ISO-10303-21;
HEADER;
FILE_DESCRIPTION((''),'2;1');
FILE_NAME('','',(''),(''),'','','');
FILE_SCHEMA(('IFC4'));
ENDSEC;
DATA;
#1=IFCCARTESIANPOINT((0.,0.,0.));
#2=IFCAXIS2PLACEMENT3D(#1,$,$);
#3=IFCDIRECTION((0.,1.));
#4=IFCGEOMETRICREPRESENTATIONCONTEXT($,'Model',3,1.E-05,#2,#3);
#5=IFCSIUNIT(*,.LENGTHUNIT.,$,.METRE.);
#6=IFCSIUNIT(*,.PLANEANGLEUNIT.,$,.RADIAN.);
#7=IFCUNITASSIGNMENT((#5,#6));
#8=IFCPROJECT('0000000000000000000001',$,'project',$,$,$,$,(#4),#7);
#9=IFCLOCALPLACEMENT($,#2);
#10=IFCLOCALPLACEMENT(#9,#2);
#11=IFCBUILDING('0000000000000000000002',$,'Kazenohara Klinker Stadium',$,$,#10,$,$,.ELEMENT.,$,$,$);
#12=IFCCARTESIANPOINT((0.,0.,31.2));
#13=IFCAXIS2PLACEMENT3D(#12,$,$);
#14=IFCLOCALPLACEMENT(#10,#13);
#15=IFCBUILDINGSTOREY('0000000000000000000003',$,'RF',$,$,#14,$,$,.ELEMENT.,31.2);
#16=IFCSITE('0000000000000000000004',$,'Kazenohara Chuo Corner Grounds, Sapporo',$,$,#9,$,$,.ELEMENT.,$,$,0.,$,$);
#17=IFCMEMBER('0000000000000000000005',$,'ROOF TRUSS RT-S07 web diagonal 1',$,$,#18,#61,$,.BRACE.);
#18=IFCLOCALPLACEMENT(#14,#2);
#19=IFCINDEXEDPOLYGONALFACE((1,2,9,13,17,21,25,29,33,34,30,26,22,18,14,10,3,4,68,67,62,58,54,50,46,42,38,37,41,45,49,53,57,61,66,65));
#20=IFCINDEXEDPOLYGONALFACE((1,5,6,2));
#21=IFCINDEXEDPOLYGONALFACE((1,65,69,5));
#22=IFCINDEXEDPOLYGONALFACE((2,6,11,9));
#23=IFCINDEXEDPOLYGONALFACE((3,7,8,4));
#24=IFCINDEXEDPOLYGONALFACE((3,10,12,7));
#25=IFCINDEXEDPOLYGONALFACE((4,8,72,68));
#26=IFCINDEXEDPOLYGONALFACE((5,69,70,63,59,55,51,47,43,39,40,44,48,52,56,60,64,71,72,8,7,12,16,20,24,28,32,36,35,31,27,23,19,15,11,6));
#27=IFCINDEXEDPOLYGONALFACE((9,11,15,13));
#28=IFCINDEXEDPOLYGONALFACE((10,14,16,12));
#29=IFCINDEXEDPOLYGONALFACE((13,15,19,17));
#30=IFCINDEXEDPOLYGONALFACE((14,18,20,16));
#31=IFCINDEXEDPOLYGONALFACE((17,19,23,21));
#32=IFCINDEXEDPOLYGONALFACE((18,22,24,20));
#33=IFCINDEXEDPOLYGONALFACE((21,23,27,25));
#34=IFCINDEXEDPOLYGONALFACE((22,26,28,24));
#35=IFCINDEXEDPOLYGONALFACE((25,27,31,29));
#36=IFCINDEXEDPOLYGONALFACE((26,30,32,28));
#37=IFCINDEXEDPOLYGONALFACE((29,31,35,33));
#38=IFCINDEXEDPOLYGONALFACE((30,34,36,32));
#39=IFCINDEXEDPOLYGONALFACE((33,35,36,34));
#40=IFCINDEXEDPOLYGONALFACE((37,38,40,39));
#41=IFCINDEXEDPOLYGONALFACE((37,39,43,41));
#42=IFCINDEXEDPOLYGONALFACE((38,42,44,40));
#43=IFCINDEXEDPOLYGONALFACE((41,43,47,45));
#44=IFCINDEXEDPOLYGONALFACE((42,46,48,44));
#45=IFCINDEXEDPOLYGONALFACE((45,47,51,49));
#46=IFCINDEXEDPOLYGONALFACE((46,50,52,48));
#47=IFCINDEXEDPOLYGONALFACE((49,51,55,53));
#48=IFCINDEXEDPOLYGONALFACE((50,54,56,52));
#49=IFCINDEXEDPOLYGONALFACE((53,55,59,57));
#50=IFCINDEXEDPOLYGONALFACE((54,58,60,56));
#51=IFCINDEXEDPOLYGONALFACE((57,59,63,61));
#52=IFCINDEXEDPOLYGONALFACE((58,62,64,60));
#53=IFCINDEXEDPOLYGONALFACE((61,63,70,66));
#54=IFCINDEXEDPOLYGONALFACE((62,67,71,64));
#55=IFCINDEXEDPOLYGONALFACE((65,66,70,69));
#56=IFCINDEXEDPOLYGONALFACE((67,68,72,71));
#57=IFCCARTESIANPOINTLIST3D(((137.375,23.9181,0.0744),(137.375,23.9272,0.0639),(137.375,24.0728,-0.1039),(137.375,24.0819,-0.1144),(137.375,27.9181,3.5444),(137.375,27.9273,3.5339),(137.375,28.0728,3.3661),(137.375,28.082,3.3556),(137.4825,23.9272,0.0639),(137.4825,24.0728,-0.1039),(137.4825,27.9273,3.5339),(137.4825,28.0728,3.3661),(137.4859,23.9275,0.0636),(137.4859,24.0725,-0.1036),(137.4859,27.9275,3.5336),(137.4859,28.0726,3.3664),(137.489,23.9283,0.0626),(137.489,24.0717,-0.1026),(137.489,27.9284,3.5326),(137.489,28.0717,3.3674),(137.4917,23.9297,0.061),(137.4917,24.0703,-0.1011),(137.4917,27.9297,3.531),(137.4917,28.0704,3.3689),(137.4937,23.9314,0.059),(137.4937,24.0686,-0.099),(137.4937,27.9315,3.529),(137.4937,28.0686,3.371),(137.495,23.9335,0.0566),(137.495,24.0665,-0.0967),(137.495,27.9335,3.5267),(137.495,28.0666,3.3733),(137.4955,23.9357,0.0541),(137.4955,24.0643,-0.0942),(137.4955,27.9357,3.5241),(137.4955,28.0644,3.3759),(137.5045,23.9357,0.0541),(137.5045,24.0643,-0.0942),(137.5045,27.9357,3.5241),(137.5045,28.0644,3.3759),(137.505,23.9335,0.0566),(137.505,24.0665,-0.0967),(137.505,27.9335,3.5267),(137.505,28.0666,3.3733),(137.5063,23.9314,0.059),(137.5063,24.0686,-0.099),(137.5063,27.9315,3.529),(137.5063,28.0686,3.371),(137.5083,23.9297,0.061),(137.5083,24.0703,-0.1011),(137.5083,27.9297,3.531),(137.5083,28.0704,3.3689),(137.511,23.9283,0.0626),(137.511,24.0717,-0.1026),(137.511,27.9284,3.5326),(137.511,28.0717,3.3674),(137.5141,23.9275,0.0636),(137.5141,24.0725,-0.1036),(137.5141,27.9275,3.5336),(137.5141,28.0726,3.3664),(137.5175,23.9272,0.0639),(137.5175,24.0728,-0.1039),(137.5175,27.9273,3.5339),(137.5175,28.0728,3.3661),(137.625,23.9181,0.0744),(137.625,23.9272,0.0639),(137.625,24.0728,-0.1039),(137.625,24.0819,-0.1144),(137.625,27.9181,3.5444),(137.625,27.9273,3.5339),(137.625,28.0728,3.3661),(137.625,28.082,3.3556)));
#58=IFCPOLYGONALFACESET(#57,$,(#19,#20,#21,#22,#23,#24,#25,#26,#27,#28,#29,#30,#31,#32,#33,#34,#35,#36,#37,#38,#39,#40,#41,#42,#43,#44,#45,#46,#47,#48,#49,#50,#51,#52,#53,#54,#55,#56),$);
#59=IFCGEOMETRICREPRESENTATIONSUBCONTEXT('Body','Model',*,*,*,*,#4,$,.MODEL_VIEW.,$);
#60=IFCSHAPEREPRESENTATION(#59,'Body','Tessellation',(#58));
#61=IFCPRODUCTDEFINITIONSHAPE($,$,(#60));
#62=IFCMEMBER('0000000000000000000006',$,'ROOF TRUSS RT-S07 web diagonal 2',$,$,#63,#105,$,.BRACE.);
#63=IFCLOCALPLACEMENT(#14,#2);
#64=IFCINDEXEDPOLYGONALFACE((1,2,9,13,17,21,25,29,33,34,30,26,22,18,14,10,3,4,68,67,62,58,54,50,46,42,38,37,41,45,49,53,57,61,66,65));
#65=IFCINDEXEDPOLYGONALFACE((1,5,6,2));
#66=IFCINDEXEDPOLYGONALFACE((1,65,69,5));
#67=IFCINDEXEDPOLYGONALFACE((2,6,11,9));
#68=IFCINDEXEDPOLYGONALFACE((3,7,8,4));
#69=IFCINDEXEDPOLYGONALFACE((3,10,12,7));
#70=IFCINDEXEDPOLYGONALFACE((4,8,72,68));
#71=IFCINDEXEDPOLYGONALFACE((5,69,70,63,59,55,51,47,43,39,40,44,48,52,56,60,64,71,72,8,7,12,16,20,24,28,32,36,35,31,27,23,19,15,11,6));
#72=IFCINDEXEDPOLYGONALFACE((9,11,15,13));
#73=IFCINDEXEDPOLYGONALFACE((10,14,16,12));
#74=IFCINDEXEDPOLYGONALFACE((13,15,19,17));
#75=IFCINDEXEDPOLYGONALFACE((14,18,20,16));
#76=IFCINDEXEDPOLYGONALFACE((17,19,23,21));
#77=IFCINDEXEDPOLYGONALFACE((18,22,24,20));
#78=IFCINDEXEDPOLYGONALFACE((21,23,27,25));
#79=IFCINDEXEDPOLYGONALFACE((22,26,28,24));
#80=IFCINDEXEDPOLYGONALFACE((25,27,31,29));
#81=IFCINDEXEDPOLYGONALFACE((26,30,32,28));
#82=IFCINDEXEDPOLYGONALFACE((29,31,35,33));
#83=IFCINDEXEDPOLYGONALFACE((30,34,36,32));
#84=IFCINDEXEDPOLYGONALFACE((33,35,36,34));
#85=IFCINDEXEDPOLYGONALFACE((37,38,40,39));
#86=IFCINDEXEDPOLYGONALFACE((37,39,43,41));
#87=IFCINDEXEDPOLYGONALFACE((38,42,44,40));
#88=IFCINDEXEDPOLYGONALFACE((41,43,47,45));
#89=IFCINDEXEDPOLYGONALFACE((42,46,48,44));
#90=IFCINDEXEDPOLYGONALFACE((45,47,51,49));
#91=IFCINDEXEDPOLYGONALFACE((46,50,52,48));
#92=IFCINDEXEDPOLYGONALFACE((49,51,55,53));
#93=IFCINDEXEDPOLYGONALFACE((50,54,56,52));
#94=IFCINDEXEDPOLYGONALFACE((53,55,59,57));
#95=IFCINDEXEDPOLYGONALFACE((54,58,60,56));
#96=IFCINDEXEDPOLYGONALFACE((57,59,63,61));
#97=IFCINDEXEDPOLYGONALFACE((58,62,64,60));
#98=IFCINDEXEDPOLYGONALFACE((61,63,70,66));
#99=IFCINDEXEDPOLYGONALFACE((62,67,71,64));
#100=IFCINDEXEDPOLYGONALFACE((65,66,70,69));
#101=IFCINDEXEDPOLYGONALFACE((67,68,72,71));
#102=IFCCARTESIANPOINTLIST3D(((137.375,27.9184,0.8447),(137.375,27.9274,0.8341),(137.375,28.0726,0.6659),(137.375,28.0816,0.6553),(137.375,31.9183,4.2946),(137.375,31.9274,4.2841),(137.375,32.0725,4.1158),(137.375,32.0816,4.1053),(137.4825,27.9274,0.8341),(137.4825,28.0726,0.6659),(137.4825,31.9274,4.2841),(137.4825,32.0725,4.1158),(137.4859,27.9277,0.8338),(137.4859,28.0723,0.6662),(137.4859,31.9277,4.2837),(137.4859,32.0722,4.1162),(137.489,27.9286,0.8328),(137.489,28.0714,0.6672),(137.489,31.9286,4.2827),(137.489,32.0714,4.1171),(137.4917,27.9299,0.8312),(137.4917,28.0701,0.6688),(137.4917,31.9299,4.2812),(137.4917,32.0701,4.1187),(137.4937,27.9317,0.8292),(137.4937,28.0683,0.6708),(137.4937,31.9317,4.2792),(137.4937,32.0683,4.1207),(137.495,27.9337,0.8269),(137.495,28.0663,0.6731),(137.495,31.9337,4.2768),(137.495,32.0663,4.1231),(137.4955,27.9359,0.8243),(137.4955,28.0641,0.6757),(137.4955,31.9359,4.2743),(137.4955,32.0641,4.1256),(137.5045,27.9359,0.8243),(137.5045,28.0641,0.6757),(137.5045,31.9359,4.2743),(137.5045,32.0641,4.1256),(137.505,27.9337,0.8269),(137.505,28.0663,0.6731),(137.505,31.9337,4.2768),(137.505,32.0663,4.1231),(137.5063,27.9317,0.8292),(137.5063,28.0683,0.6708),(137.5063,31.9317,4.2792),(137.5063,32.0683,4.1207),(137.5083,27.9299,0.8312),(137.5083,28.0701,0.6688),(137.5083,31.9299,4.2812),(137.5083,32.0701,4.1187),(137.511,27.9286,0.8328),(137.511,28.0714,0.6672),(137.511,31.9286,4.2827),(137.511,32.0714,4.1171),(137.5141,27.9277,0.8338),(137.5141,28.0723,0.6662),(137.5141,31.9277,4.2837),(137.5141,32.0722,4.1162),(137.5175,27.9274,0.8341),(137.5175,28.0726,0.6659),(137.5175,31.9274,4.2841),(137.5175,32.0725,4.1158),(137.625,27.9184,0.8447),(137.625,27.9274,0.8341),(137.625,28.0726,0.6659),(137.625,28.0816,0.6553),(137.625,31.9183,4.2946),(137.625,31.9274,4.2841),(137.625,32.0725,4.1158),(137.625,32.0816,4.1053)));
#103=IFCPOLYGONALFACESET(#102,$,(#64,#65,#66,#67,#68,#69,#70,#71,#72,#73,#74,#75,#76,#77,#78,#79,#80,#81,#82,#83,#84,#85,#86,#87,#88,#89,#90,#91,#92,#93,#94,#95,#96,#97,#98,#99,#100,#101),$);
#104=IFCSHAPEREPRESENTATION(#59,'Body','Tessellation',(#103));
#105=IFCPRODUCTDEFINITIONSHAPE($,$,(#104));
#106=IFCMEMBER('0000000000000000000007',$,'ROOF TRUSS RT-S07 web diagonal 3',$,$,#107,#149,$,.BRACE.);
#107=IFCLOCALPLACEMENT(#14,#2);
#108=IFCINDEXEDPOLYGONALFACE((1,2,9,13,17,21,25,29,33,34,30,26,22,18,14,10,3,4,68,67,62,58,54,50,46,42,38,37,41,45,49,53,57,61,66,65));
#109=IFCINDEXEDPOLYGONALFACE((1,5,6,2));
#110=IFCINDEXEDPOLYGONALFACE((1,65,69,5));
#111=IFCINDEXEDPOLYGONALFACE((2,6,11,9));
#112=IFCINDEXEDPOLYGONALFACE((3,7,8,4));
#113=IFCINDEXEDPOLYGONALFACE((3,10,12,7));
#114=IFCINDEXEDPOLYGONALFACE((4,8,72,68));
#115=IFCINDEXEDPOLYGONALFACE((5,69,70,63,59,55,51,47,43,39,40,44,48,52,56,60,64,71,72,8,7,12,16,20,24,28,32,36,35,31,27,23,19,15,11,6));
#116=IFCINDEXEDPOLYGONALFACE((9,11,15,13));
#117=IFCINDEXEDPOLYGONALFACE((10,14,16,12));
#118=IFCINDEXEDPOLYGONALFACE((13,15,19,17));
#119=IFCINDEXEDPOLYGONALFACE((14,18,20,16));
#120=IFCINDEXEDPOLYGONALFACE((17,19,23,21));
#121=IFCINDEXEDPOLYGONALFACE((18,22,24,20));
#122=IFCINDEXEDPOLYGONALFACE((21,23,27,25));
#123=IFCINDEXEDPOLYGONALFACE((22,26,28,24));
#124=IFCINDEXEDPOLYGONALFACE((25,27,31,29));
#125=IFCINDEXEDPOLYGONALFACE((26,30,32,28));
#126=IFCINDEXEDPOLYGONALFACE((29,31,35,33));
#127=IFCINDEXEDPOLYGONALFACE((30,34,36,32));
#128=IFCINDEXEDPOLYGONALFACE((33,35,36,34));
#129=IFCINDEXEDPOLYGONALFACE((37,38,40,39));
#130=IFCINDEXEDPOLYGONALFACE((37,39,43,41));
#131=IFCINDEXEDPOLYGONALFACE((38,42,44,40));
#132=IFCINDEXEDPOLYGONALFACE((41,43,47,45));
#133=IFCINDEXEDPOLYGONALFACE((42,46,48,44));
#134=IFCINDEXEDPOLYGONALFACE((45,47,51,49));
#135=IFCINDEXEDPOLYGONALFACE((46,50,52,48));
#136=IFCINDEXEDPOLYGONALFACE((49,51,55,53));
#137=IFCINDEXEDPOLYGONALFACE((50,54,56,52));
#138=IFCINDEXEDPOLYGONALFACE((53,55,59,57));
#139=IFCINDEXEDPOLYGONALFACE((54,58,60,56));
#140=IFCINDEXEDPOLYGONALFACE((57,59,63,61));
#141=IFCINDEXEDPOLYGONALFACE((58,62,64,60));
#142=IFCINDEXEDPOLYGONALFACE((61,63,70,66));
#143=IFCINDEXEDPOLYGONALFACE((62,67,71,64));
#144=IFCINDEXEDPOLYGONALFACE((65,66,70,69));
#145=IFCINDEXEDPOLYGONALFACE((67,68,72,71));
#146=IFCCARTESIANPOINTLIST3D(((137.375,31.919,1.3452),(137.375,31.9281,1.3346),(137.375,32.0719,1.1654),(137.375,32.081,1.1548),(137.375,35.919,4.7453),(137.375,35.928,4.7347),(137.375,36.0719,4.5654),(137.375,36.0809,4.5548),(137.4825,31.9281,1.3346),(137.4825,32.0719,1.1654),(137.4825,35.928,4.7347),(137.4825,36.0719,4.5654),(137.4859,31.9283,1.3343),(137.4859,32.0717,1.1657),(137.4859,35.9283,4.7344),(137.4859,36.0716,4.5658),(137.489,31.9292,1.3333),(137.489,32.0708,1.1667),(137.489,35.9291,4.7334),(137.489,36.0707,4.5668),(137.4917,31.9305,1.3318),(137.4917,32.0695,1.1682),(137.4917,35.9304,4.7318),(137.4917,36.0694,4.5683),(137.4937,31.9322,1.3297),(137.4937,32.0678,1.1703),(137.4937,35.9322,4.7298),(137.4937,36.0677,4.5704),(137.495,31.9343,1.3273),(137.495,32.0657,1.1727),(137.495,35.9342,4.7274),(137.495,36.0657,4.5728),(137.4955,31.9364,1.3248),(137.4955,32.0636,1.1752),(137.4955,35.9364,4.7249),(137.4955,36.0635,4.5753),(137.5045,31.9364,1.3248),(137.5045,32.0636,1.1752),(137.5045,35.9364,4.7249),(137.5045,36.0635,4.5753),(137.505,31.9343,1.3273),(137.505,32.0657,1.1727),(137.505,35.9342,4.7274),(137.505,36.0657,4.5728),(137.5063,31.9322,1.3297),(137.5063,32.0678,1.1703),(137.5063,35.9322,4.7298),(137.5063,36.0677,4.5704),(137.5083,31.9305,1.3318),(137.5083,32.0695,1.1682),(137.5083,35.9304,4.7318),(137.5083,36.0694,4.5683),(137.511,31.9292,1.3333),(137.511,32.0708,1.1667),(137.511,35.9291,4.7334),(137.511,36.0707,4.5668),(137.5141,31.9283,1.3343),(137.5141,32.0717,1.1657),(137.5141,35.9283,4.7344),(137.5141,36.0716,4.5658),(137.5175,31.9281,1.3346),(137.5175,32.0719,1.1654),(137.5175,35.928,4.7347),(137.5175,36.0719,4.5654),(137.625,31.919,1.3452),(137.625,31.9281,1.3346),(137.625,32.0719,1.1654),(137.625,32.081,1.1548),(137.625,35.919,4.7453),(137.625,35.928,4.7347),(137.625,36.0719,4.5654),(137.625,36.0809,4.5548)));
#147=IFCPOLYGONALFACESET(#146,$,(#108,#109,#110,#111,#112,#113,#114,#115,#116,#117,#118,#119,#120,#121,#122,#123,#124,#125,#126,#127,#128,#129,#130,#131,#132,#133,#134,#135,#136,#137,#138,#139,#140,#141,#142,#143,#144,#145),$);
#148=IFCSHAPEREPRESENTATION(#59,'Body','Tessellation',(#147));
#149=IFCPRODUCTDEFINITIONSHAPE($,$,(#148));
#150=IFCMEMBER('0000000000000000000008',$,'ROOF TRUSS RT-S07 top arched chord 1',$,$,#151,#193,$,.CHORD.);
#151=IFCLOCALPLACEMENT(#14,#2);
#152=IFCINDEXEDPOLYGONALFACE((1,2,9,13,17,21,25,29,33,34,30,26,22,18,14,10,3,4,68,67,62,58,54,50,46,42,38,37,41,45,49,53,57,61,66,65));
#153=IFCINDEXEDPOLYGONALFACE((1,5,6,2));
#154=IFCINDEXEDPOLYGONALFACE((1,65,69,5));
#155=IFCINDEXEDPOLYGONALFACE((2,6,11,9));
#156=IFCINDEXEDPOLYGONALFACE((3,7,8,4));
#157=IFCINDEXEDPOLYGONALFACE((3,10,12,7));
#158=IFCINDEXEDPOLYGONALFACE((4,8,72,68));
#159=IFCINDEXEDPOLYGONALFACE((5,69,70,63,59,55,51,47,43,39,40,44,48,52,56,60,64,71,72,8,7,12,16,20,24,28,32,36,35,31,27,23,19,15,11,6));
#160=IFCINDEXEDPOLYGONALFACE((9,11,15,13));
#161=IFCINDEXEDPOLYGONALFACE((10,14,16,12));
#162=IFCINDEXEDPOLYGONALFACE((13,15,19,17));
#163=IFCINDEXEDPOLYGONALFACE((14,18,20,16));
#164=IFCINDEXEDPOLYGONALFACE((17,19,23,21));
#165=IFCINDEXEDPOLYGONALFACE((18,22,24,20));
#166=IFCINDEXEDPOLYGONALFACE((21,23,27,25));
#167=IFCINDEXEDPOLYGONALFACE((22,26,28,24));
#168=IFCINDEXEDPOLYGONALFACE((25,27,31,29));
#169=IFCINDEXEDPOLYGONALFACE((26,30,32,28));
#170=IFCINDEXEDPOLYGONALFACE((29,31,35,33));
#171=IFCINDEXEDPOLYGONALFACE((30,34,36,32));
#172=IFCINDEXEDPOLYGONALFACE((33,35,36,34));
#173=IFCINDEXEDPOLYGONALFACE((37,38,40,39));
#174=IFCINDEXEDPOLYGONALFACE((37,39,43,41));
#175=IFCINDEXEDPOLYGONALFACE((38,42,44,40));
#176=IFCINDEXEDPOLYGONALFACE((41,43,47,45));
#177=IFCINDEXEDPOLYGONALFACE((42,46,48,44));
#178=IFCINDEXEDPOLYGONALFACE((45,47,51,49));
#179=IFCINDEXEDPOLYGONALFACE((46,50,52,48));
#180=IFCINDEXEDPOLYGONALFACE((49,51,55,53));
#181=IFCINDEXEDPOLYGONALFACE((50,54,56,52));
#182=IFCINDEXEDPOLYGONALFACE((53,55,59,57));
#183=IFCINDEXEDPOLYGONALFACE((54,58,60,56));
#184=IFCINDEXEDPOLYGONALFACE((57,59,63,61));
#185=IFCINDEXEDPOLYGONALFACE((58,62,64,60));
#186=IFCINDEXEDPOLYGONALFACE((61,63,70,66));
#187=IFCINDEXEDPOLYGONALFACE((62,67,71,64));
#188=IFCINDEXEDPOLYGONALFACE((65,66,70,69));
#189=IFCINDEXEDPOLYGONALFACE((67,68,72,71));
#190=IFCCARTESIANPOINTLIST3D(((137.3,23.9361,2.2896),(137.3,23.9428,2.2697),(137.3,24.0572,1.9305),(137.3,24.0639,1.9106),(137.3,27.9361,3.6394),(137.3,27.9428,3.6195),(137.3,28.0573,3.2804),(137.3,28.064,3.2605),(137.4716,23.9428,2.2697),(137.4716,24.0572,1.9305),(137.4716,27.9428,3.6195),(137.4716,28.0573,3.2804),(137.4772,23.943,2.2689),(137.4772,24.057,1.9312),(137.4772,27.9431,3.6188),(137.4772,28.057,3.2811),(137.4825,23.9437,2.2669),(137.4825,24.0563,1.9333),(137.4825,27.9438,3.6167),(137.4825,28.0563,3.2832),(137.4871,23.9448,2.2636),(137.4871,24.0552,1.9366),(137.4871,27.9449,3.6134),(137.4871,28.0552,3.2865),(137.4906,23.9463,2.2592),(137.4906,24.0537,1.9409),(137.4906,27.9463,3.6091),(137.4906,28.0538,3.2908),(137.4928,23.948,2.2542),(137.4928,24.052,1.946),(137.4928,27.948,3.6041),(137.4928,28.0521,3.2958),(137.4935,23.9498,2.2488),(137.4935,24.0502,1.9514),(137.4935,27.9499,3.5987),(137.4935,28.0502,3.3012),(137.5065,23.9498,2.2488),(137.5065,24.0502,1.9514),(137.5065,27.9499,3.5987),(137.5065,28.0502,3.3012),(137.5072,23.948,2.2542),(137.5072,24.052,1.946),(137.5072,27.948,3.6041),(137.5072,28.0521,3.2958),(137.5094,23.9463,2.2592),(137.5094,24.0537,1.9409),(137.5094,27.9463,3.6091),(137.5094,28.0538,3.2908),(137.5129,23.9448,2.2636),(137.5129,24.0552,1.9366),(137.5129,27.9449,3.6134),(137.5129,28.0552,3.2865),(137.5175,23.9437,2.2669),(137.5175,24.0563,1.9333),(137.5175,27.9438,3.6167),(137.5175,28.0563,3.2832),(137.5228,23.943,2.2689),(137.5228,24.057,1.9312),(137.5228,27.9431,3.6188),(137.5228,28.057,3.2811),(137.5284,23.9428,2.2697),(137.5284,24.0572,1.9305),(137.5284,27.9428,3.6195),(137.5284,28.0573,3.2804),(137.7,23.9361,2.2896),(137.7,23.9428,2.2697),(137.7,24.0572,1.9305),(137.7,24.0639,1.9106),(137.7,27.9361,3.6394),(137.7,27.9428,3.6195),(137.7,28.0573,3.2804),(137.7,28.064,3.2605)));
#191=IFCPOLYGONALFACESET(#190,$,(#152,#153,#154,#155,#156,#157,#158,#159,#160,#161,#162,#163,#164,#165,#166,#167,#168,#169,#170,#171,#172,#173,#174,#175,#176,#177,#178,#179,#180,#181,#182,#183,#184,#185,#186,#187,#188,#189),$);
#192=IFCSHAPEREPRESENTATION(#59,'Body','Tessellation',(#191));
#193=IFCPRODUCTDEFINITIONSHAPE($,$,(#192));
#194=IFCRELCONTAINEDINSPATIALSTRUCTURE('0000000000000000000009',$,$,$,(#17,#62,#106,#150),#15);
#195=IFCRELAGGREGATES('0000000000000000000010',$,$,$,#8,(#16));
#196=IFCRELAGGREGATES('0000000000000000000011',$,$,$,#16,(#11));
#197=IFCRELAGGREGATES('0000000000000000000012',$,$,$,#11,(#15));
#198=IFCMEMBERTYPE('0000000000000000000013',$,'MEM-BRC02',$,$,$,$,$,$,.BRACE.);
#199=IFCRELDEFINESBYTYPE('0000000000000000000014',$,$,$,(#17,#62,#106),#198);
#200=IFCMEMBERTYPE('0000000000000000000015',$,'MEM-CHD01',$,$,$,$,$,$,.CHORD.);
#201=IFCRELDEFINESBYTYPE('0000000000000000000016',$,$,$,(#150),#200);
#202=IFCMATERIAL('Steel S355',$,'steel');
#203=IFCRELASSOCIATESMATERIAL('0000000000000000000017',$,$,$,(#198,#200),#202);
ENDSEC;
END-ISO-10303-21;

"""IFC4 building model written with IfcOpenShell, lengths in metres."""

from ifc_helpers import new_model, si_unit, direction, frame, origin, origin_2d, place, context, subcontext, project, spatial, i_section, extrude, material, material_profile, profile_set, type_object, element, save


model = new_model("IFC4")

# Units and contexts
model_context = context("Model", 3, precision=1e-05, world=origin(), true_north=direction((0.0, 1.0)))
body_context = subcontext(model_context, "Body", "Model", "MODEL_VIEW")
ifc_project = project(units=[si_unit("LENGTHUNIT", "METRE"), si_unit("PLANEANGLEUNIT", "RADIAN")], contexts=[model_context])

# Site, building, storey
site_placement = place(None, origin())
site = spatial("IfcSite", under=ifc_project, at=site_placement, Name="Kazenohara Chuo Corner Grounds, Sapporo", CompositionType="ELEMENT", RefElevation=0.0)
building_placement = place(site_placement, origin())
building = spatial("IfcBuilding", under=site, at=building_placement, Name="Kazenohara Klinker Stadium", CompositionType="ELEMENT")
storey_placement = place(building_placement, frame((0.0, 0.0, 31.2)))
storey = spatial("IfcBuildingStorey", under=building, at=storey_placement, Name="RF", CompositionType="ELEMENT", Elevation=31.2)

# Members
ifc_material_1 = material(Name="Steel S355", Category="steel")
ifc_material_profile_1 = material_profile(ifc_material_1, i_section(OverallWidth=0.25, OverallDepth=0.25, WebThickness=0.009, FlangeThickness=0.0139, FilletRadius=0.0129, at=origin_2d()), Name="H-250x250x9x14")
ifc_profile_set_1 = profile_set([ifc_material_profile_1], Name="Steel S355")
member_type_1 = type_object("IfcMemberType", Name="MEM-BRC02", PredefinedType="BRACE", material=ifc_profile_set_1)
member_1_placement = place(storey_placement, frame((137.5, 24.0, -0.02), z_axis=(0.0, 0.75538, 0.655287), x_axis=(-1.0, 0.0, 0.0)))
element("IfcMember", 1, at=member_1_placement, inside=storey, type_object=member_type_1, Name="ROOF TRUSS RT-S07 web diagonal 1", PredefinedType="BRACE", context=body_context, shape_type="SweptSolid", body=[
    extrude(i_section(OverallWidth=0.25, OverallDepth=0.25, WebThickness=0.009, FlangeThickness=0.0139, FilletRadius=0.0129, at=origin_2d()), origin(), (0.0, 0.0, 1.0), 5.2954),
])
member_2_placement = place(storey_placement, frame((137.5, 28.0, 0.75), z_axis=(0.0, 0.757253, 0.653122), x_axis=(-1.0, 0.0, 0.0)))
element("IfcMember", 2, at=member_2_placement, inside=storey, type_object=member_type_1, Name="ROOF TRUSS RT-S07 web diagonal 2", PredefinedType="BRACE", context=body_context, shape_type="SweptSolid", body=[
    extrude(i_section(OverallWidth=0.25, OverallDepth=0.25, WebThickness=0.009, FlangeThickness=0.0139, FilletRadius=0.0129, at=origin_2d()), origin(), (0.0, 0.0, 1.0), 5.2822),
])
member_3_placement = place(storey_placement, frame((137.5, 32.0, 1.25), z_axis=(0.0, 0.761926, 0.647665), x_axis=(-1.0, 0.0, 0.0)))
element("IfcMember", 3, at=member_3_placement, inside=storey, type_object=member_type_1, Name="ROOF TRUSS RT-S07 web diagonal 3", PredefinedType="BRACE", context=body_context, shape_type="SweptSolid", body=[
    extrude(i_section(OverallWidth=0.25, OverallDepth=0.25, WebThickness=0.009, FlangeThickness=0.0139, FilletRadius=0.0129, at=origin_2d()), origin(), (0.0, 0.0, 1.0), 5.2498),
])
ifc_material_profile_2 = material_profile(ifc_material_1, i_section(OverallWidth=0.3999, OverallDepth=0.3999, WebThickness=0.0129, FlangeThickness=0.021, FilletRadius=0.022, at=origin_2d()), Name="H-400x400x13x21")
ifc_profile_set_2 = profile_set([ifc_material_profile_2], Name="Steel S355")
member_type_2 = type_object("IfcMemberType", Name="MEM-CHD01", PredefinedType="CHORD", material=ifc_profile_set_2)
member_4_placement = place(storey_placement, frame((137.5, 24.0, 2.1001), z_axis=(0.0, 0.947503, 0.319747), x_axis=(-1.0, 0.0, 0.0)))
element("IfcMember", 4, at=member_4_placement, inside=storey, type_object=member_type_2, Name="ROOF TRUSS RT-S07 top arched chord 1", PredefinedType="CHORD", context=body_context, shape_type="SweptSolid", body=[
    extrude(i_section(OverallWidth=0.3999, OverallDepth=0.3999, WebThickness=0.0129, FlangeThickness=0.021, FilletRadius=0.022, at=origin_2d()), origin(), (0.0, 0.0, 1.0), 4.2217),
])

save(model, "model.ifc")
